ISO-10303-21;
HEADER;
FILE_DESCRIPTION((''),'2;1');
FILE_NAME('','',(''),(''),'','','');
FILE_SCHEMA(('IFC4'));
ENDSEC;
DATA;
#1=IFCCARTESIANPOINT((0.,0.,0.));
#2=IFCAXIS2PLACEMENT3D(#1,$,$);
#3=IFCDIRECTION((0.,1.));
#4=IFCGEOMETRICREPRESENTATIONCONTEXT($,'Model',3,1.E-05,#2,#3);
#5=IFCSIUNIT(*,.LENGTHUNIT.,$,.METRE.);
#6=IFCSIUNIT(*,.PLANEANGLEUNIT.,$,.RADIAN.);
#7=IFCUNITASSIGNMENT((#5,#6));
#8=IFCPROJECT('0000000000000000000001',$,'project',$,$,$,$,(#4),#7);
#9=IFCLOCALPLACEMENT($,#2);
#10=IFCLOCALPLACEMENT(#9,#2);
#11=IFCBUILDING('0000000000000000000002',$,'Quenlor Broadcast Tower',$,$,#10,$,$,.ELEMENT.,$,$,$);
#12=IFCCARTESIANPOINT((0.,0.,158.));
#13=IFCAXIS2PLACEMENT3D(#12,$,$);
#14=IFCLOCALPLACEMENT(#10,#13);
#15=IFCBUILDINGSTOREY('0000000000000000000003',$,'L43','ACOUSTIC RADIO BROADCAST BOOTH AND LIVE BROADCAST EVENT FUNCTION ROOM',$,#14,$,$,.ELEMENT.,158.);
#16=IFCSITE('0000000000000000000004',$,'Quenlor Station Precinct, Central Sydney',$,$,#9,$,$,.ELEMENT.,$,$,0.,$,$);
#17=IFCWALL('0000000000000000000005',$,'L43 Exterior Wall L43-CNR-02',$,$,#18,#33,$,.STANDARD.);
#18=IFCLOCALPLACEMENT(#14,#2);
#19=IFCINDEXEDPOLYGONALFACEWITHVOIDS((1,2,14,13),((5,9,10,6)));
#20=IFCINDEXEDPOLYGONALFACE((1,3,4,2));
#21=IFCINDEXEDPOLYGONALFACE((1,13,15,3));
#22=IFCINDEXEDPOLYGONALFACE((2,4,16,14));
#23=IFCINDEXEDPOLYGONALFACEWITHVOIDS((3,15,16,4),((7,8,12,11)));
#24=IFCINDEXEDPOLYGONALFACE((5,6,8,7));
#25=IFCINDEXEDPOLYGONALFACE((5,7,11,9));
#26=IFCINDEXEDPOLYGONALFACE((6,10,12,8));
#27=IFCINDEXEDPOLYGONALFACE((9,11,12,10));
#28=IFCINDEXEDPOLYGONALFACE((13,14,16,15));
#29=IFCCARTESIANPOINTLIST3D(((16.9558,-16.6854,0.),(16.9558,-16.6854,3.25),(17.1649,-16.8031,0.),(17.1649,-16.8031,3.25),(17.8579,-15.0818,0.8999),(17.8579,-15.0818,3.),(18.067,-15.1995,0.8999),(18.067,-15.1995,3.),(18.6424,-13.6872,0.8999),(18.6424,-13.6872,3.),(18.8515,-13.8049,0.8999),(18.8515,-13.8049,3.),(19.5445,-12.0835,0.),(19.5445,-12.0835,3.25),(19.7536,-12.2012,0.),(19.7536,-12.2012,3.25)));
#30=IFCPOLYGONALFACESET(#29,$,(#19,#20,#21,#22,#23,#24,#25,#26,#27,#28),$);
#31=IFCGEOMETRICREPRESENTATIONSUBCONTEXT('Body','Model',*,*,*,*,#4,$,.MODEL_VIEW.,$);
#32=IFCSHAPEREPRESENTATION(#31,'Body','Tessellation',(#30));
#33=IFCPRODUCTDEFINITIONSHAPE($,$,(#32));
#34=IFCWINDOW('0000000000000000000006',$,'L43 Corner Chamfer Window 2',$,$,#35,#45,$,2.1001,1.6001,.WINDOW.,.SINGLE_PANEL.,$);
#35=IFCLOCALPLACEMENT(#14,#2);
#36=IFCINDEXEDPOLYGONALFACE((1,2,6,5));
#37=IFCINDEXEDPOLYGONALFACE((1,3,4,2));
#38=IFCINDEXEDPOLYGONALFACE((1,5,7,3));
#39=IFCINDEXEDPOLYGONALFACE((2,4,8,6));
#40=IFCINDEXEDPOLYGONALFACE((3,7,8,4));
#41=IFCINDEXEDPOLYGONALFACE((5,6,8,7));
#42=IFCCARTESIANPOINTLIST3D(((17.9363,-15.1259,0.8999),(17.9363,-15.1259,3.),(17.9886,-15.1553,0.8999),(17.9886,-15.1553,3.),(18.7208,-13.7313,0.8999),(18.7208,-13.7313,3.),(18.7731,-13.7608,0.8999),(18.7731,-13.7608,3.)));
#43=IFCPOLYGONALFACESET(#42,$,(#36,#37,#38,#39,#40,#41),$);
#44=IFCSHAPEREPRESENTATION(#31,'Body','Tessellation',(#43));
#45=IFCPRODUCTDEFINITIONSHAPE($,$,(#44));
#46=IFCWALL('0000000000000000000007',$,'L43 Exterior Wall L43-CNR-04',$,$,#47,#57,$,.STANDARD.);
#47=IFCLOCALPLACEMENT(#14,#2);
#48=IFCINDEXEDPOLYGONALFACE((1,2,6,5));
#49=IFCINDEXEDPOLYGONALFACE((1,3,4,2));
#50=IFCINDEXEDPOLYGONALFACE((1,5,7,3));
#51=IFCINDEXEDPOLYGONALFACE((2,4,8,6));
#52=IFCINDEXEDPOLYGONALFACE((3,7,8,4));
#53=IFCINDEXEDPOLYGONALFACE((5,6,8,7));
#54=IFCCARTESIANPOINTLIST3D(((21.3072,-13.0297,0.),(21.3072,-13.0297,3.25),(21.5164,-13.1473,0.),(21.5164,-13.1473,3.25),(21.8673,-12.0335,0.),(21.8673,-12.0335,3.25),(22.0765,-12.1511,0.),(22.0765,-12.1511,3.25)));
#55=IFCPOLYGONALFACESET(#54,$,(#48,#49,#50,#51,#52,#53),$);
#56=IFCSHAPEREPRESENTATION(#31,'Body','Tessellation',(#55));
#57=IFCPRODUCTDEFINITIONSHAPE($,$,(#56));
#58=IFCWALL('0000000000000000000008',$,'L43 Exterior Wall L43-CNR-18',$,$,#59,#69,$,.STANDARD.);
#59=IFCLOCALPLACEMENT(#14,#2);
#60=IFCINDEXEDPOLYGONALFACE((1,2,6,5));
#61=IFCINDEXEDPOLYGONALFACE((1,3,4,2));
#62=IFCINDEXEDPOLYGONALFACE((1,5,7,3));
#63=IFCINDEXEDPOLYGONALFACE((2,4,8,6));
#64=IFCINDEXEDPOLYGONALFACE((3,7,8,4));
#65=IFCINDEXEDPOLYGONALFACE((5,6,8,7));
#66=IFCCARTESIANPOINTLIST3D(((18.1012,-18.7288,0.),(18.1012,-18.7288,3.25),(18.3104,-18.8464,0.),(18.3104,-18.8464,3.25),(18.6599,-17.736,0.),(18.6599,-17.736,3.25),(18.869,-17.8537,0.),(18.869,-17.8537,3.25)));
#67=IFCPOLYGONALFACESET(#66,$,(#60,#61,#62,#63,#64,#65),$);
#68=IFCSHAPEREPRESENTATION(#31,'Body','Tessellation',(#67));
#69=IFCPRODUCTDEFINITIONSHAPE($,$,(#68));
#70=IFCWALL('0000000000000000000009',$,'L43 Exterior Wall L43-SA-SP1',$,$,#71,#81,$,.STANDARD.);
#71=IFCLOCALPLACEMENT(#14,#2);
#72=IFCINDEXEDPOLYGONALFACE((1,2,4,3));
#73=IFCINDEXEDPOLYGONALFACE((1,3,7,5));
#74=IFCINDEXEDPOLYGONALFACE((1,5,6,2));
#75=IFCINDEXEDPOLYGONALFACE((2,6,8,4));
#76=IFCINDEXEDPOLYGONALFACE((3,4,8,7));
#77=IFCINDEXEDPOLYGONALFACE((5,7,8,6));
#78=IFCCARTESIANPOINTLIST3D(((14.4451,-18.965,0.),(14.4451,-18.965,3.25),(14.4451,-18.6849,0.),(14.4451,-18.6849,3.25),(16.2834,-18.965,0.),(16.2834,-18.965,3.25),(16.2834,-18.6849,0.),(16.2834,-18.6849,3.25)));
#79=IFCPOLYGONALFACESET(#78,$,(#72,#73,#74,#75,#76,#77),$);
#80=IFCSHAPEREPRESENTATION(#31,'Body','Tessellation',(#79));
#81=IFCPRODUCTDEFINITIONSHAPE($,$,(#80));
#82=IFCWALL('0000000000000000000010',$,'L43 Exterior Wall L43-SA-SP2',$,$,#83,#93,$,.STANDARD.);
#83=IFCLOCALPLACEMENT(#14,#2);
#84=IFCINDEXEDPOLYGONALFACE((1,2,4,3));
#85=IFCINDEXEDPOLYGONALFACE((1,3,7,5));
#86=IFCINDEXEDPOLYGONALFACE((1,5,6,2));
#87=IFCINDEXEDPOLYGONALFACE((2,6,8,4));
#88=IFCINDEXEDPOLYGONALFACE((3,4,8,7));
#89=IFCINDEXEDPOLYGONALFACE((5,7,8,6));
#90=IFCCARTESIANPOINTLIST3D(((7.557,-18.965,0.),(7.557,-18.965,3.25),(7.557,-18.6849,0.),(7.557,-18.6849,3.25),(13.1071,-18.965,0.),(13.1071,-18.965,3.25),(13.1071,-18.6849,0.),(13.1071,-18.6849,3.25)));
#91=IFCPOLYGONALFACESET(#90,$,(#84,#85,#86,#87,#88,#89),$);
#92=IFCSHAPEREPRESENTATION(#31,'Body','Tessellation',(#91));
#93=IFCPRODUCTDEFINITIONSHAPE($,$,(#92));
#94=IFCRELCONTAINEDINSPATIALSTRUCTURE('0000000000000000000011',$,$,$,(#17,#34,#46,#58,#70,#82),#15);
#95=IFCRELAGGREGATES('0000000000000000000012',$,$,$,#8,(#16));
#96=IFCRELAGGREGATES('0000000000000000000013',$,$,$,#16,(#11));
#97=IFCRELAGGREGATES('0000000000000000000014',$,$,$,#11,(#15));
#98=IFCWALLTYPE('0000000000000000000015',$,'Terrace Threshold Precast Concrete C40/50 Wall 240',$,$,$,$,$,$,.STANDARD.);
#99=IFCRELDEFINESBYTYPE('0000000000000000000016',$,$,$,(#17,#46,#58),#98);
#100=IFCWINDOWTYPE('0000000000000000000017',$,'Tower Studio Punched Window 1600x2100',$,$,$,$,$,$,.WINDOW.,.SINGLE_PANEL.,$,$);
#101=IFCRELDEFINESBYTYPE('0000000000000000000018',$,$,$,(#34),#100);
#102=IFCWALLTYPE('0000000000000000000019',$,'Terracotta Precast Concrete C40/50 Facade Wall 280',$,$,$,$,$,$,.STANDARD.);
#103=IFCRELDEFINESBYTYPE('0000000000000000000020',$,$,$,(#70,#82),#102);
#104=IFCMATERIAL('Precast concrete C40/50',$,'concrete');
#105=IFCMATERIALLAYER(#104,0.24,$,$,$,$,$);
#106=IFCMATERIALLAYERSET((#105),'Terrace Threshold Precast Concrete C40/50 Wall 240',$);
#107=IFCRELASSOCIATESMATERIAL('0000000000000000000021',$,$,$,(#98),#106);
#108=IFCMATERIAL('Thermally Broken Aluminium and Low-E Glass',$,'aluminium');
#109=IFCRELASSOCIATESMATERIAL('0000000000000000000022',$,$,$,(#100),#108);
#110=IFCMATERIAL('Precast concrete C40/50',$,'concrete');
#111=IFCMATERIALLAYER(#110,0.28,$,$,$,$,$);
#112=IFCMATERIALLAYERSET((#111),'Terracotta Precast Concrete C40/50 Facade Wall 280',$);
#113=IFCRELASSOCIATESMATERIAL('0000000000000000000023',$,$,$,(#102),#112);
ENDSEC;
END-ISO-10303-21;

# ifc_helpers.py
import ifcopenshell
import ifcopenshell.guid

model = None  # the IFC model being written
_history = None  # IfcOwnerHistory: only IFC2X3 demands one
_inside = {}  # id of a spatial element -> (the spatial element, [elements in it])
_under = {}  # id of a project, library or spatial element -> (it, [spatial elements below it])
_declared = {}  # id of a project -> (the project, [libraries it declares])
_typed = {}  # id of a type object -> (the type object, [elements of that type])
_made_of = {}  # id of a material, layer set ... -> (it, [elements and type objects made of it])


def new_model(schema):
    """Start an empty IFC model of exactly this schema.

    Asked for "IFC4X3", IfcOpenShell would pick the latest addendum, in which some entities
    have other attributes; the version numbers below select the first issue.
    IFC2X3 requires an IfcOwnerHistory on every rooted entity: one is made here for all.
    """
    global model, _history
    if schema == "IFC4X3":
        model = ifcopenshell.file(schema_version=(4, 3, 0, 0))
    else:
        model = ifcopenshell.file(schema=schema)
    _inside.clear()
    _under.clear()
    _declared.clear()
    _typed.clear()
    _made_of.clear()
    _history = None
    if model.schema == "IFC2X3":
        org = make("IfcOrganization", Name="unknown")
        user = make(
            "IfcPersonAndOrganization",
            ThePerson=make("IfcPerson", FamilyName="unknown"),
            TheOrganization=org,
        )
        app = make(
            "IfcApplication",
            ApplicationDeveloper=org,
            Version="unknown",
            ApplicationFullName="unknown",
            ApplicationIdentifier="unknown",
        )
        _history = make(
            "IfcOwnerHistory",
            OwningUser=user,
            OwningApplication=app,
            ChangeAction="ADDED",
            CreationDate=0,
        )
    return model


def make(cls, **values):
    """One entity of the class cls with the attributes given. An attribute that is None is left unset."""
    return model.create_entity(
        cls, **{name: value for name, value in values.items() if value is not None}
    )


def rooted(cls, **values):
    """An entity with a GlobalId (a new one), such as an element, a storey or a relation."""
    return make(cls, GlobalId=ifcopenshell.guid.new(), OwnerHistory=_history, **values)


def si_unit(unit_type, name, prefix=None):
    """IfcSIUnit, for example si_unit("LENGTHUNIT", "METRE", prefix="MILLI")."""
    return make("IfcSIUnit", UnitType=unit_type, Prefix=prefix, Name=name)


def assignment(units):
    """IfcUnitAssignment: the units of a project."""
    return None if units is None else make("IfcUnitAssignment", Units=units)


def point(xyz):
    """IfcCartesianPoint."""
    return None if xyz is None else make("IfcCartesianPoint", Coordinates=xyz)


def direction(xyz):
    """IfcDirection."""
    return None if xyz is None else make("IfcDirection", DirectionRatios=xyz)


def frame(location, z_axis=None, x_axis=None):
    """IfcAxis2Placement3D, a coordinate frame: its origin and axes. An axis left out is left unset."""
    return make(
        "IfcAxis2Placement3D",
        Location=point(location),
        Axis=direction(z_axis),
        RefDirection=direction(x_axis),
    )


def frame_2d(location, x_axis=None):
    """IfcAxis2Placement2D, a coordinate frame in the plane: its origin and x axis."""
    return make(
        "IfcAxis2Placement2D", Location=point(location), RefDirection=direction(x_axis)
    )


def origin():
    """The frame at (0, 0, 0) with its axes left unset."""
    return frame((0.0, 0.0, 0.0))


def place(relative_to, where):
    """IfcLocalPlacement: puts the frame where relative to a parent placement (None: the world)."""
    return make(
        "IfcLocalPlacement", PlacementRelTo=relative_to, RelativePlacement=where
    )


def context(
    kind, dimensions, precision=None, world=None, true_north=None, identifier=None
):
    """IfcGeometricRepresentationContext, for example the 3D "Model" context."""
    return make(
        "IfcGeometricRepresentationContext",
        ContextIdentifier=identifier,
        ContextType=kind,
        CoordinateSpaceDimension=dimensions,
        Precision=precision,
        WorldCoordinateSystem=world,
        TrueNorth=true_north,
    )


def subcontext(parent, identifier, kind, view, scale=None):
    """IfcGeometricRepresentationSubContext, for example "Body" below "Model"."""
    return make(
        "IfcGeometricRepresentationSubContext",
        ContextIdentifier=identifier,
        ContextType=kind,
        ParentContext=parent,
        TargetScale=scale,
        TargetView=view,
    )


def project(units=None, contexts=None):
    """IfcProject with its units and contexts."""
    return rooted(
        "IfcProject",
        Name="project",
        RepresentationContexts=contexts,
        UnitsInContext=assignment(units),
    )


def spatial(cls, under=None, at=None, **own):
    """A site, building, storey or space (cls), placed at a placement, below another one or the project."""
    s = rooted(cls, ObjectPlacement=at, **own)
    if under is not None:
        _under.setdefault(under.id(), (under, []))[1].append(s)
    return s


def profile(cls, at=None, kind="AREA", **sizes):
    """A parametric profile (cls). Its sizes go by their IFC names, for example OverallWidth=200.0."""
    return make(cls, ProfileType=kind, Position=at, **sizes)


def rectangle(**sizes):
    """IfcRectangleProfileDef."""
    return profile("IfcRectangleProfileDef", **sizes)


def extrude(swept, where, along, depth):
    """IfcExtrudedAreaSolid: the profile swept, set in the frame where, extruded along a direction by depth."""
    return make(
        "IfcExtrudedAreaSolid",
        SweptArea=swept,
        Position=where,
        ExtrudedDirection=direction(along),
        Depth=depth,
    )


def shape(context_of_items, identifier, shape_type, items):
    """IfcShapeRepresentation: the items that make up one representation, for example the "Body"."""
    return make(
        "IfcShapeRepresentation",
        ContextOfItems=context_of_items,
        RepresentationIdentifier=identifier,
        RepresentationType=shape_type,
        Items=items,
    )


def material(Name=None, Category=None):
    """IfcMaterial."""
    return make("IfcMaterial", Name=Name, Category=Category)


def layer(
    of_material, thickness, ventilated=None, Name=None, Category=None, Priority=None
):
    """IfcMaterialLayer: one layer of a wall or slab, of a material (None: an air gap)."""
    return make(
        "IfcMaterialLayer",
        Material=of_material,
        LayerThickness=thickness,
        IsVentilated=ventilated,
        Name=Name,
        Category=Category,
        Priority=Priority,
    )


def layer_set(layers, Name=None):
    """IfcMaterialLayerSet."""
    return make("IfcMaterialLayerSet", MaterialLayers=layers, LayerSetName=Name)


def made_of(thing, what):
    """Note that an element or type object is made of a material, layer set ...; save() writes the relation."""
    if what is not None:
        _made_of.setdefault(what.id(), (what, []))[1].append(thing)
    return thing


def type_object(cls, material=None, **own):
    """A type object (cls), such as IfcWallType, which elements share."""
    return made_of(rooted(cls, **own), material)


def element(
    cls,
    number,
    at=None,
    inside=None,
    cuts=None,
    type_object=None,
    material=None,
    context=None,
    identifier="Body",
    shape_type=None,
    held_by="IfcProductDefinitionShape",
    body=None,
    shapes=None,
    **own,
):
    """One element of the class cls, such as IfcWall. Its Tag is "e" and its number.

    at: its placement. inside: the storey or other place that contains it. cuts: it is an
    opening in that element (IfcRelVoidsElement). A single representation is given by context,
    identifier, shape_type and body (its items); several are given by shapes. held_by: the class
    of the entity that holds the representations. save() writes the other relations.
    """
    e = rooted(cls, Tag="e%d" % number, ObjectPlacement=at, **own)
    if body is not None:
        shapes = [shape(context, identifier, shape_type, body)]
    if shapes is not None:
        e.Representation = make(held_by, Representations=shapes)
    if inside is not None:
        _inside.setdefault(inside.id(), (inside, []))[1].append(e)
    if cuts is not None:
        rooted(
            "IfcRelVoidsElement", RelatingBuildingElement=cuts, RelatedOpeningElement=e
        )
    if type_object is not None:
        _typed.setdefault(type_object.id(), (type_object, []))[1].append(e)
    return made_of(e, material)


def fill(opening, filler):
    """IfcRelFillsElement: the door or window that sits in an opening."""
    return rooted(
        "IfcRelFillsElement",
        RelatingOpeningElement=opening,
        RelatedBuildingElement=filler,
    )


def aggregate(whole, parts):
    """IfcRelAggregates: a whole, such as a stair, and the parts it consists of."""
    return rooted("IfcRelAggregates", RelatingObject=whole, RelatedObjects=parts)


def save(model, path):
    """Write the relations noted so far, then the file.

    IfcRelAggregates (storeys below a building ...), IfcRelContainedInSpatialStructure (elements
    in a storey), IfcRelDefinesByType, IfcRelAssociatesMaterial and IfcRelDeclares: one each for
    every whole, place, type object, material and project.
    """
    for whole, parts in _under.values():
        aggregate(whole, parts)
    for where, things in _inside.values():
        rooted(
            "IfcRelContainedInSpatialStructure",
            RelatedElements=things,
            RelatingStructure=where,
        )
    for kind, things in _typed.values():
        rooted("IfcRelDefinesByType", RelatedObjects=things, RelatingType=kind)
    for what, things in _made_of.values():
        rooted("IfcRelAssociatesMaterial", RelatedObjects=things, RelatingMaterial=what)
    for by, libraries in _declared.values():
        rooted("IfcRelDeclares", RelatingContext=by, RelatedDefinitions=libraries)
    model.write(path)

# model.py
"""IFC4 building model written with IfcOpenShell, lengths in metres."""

from ifc_helpers import new_model, si_unit, direction, frame, frame_2d, origin, place, context, subcontext, project, spatial, rectangle, extrude, material, layer, layer_set, type_object, element, fill, save


model = new_model("IFC4")

# Units and contexts
model_context = context("Model", 3, precision=1e-05, world=origin(), true_north=direction((0.0, 1.0)))
body_context = subcontext(model_context, "Body", "Model", "MODEL_VIEW")
ifc_project = project(units=[si_unit("LENGTHUNIT", "METRE"), si_unit("PLANEANGLEUNIT", "RADIAN")], contexts=[model_context])

# Site, building, storey
site_placement = place(None, origin())
site = spatial("IfcSite", under=ifc_project, at=site_placement, Name="Quenlor Station Precinct, Central Sydney", CompositionType="ELEMENT", RefElevation=0.0)
building_placement = place(site_placement, origin())
building = spatial("IfcBuilding", under=site, at=building_placement, Name="Quenlor Broadcast Tower", CompositionType="ELEMENT")
storey_placement = place(building_placement, frame((0.0, 0.0, 158.0)))
storey = spatial("IfcBuildingStorey", under=building, at=storey_placement, Name="L43", Description="ACOUSTIC RADIO BROADCAST BOOTH AND LIVE BROADCAST EVENT FUNCTION ROOM", CompositionType="ELEMENT", Elevation=158.0)

# Shared definitions
ifc_material_1 = material(Name="Precast concrete C40/50", Category="concrete")
ifc_layer_1 = layer(ifc_material_1, 0.24)
ifc_layer_set_1 = layer_set([ifc_layer_1], Name="Terrace Threshold Precast Concrete C40/50 Wall 240")
wall_type_1 = type_object("IfcWallType", Name="Terrace Threshold Precast Concrete C40/50 Wall 240", PredefinedType="STANDARD", material=ifc_layer_set_1)

# Wall, opening, window
wall_1_placement = place(storey_placement, frame((17.0603, -16.7444, 0.0), z_axis=(0.0, 0.0, 1.0), x_axis=(0.490277, 0.871567, 0.0)))
wall_1 = element("IfcWall", 1, at=wall_1_placement, inside=storey, type_object=wall_type_1, Name="L43 Exterior Wall L43-CNR-02", PredefinedType="STANDARD", context=body_context, shape_type="SweptSolid", body=[
    extrude(rectangle(XDim=5.28, YDim=0.24, at=frame_2d((2.6401, 0.0))), origin(), (0.0, 0.0, 1.0), 3.25),
])
opening_placement = place(wall_1_placement, frame((1.8401, 0.0, 0.8999)))
opening = element("IfcOpeningElement", 2, at=opening_placement, cuts=wall_1, PredefinedType="OPENING", context=body_context, shape_type="SweptSolid", body=[
    extrude(rectangle(XDim=1.6001, YDim=2.1001, at=frame_2d((0.8, 1.05))), frame((0.0, 0.1299, 0.0), z_axis=(0.0, -1.0, 0.0), x_axis=(1.0, 0.0, 0.0)), (0.0, 0.0, 1.0), 0.26),
])
ifc_material_2 = material(Name="Thermally Broken Aluminium and Low-E Glass", Category="aluminium")
window_type = type_object("IfcWindowType", Name="Tower Studio Punched Window 1600x2100", PartitioningType="SINGLE_PANEL", PredefinedType="WINDOW", material=ifc_material_2)
window_placement = place(opening_placement, origin())
window = element("IfcWindow", 3, at=window_placement, inside=storey, type_object=window_type, Name="L43 Corner Chamfer Window 2", OverallHeight=2.1001, OverallWidth=1.6001, PartitioningType="SINGLE_PANEL", PredefinedType="WINDOW", context=body_context, shape_type="SweptSolid", body=[
    extrude(rectangle(XDim=1.6001, YDim=2.1001, at=frame_2d((0.8, 1.05))), frame((0.0, 0.03, 0.0), z_axis=(0.0, -1.0, 0.0), x_axis=(1.0, 0.0, 0.0)), (0.0, 0.0, 1.0), 0.0601),
])
fill(opening, window)

# Walls
wall_2_placement = place(storey_placement, frame((21.4119, -13.0884, 0.0), z_axis=(0.0, 0.0, 1.0), x_axis=(0.490099, 0.871667, 0.0)))
element("IfcWall", 4, at=wall_2_placement, inside=storey, type_object=wall_type_1, Name="L43 Exterior Wall L43-CNR-04", PredefinedType="STANDARD", context=body_context, shape_type="SweptSolid", body=[
    extrude(rectangle(XDim=1.1428, YDim=0.24, at=frame_2d((0.5713, 0.0))), origin(), (0.0, 0.0, 1.0), 3.25),
])
wall_3_placement = place(storey_placement, frame((18.2058, -18.7876, 0.0), z_axis=(0.0, 0.0, 1.0), x_axis=(0.490404, 0.871495, 0.0)))
element("IfcWall", 5, at=wall_3_placement, inside=storey, type_object=wall_type_1, Name="L43 Exterior Wall L43-CNR-18", PredefinedType="STANDARD", context=body_context, shape_type="SweptSolid", body=[
    extrude(rectangle(XDim=1.1392, YDim=0.24, at=frame_2d((0.5696, 0.0))), origin(), (0.0, 0.0, 1.0), 3.25),
])
ifc_material_3 = material(Name="Precast concrete C40/50", Category="concrete")
ifc_layer_2 = layer(ifc_material_3, 0.28)
ifc_layer_set_2 = layer_set([ifc_layer_2], Name="Terracotta Precast Concrete C40/50 Facade Wall 280")
wall_type_2 = type_object("IfcWallType", Name="Terracotta Precast Concrete C40/50 Facade Wall 280", PredefinedType="STANDARD", material=ifc_layer_set_2)
wall_4_placement = place(storey_placement, frame((16.2834, -18.825, 0.0), z_axis=(0.0, 0.0, 1.0), x_axis=(-1.0, 0.0, 0.0)))
element("IfcWall", 6, at=wall_4_placement, inside=storey, type_object=wall_type_2, Name="L43 Exterior Wall L43-SA-SP1", PredefinedType="STANDARD", context=body_context, shape_type="SweptSolid", body=[
    extrude(rectangle(XDim=1.8384, YDim=0.28, at=frame_2d((0.9192, 0.0))), origin(), (0.0, 0.0, 1.0), 3.25),
])
wall_5_placement = place(storey_placement, frame((13.1069, -18.825, 0.0), z_axis=(0.0, 0.0, 1.0), x_axis=(-1.0, 0.0, 0.0)))
element("IfcWall", 7, at=wall_5_placement, inside=storey, type_object=wall_type_2, Name="L43 Exterior Wall L43-SA-SP2", PredefinedType="STANDARD", context=body_context, shape_type="SweptSolid", body=[
    extrude(rectangle(XDim=5.55, YDim=0.28, at=frame_2d((2.7749, 0.0))), origin(), (0.0, 0.0, 1.0), 3.25),
])

save(model, "model.ifc")
